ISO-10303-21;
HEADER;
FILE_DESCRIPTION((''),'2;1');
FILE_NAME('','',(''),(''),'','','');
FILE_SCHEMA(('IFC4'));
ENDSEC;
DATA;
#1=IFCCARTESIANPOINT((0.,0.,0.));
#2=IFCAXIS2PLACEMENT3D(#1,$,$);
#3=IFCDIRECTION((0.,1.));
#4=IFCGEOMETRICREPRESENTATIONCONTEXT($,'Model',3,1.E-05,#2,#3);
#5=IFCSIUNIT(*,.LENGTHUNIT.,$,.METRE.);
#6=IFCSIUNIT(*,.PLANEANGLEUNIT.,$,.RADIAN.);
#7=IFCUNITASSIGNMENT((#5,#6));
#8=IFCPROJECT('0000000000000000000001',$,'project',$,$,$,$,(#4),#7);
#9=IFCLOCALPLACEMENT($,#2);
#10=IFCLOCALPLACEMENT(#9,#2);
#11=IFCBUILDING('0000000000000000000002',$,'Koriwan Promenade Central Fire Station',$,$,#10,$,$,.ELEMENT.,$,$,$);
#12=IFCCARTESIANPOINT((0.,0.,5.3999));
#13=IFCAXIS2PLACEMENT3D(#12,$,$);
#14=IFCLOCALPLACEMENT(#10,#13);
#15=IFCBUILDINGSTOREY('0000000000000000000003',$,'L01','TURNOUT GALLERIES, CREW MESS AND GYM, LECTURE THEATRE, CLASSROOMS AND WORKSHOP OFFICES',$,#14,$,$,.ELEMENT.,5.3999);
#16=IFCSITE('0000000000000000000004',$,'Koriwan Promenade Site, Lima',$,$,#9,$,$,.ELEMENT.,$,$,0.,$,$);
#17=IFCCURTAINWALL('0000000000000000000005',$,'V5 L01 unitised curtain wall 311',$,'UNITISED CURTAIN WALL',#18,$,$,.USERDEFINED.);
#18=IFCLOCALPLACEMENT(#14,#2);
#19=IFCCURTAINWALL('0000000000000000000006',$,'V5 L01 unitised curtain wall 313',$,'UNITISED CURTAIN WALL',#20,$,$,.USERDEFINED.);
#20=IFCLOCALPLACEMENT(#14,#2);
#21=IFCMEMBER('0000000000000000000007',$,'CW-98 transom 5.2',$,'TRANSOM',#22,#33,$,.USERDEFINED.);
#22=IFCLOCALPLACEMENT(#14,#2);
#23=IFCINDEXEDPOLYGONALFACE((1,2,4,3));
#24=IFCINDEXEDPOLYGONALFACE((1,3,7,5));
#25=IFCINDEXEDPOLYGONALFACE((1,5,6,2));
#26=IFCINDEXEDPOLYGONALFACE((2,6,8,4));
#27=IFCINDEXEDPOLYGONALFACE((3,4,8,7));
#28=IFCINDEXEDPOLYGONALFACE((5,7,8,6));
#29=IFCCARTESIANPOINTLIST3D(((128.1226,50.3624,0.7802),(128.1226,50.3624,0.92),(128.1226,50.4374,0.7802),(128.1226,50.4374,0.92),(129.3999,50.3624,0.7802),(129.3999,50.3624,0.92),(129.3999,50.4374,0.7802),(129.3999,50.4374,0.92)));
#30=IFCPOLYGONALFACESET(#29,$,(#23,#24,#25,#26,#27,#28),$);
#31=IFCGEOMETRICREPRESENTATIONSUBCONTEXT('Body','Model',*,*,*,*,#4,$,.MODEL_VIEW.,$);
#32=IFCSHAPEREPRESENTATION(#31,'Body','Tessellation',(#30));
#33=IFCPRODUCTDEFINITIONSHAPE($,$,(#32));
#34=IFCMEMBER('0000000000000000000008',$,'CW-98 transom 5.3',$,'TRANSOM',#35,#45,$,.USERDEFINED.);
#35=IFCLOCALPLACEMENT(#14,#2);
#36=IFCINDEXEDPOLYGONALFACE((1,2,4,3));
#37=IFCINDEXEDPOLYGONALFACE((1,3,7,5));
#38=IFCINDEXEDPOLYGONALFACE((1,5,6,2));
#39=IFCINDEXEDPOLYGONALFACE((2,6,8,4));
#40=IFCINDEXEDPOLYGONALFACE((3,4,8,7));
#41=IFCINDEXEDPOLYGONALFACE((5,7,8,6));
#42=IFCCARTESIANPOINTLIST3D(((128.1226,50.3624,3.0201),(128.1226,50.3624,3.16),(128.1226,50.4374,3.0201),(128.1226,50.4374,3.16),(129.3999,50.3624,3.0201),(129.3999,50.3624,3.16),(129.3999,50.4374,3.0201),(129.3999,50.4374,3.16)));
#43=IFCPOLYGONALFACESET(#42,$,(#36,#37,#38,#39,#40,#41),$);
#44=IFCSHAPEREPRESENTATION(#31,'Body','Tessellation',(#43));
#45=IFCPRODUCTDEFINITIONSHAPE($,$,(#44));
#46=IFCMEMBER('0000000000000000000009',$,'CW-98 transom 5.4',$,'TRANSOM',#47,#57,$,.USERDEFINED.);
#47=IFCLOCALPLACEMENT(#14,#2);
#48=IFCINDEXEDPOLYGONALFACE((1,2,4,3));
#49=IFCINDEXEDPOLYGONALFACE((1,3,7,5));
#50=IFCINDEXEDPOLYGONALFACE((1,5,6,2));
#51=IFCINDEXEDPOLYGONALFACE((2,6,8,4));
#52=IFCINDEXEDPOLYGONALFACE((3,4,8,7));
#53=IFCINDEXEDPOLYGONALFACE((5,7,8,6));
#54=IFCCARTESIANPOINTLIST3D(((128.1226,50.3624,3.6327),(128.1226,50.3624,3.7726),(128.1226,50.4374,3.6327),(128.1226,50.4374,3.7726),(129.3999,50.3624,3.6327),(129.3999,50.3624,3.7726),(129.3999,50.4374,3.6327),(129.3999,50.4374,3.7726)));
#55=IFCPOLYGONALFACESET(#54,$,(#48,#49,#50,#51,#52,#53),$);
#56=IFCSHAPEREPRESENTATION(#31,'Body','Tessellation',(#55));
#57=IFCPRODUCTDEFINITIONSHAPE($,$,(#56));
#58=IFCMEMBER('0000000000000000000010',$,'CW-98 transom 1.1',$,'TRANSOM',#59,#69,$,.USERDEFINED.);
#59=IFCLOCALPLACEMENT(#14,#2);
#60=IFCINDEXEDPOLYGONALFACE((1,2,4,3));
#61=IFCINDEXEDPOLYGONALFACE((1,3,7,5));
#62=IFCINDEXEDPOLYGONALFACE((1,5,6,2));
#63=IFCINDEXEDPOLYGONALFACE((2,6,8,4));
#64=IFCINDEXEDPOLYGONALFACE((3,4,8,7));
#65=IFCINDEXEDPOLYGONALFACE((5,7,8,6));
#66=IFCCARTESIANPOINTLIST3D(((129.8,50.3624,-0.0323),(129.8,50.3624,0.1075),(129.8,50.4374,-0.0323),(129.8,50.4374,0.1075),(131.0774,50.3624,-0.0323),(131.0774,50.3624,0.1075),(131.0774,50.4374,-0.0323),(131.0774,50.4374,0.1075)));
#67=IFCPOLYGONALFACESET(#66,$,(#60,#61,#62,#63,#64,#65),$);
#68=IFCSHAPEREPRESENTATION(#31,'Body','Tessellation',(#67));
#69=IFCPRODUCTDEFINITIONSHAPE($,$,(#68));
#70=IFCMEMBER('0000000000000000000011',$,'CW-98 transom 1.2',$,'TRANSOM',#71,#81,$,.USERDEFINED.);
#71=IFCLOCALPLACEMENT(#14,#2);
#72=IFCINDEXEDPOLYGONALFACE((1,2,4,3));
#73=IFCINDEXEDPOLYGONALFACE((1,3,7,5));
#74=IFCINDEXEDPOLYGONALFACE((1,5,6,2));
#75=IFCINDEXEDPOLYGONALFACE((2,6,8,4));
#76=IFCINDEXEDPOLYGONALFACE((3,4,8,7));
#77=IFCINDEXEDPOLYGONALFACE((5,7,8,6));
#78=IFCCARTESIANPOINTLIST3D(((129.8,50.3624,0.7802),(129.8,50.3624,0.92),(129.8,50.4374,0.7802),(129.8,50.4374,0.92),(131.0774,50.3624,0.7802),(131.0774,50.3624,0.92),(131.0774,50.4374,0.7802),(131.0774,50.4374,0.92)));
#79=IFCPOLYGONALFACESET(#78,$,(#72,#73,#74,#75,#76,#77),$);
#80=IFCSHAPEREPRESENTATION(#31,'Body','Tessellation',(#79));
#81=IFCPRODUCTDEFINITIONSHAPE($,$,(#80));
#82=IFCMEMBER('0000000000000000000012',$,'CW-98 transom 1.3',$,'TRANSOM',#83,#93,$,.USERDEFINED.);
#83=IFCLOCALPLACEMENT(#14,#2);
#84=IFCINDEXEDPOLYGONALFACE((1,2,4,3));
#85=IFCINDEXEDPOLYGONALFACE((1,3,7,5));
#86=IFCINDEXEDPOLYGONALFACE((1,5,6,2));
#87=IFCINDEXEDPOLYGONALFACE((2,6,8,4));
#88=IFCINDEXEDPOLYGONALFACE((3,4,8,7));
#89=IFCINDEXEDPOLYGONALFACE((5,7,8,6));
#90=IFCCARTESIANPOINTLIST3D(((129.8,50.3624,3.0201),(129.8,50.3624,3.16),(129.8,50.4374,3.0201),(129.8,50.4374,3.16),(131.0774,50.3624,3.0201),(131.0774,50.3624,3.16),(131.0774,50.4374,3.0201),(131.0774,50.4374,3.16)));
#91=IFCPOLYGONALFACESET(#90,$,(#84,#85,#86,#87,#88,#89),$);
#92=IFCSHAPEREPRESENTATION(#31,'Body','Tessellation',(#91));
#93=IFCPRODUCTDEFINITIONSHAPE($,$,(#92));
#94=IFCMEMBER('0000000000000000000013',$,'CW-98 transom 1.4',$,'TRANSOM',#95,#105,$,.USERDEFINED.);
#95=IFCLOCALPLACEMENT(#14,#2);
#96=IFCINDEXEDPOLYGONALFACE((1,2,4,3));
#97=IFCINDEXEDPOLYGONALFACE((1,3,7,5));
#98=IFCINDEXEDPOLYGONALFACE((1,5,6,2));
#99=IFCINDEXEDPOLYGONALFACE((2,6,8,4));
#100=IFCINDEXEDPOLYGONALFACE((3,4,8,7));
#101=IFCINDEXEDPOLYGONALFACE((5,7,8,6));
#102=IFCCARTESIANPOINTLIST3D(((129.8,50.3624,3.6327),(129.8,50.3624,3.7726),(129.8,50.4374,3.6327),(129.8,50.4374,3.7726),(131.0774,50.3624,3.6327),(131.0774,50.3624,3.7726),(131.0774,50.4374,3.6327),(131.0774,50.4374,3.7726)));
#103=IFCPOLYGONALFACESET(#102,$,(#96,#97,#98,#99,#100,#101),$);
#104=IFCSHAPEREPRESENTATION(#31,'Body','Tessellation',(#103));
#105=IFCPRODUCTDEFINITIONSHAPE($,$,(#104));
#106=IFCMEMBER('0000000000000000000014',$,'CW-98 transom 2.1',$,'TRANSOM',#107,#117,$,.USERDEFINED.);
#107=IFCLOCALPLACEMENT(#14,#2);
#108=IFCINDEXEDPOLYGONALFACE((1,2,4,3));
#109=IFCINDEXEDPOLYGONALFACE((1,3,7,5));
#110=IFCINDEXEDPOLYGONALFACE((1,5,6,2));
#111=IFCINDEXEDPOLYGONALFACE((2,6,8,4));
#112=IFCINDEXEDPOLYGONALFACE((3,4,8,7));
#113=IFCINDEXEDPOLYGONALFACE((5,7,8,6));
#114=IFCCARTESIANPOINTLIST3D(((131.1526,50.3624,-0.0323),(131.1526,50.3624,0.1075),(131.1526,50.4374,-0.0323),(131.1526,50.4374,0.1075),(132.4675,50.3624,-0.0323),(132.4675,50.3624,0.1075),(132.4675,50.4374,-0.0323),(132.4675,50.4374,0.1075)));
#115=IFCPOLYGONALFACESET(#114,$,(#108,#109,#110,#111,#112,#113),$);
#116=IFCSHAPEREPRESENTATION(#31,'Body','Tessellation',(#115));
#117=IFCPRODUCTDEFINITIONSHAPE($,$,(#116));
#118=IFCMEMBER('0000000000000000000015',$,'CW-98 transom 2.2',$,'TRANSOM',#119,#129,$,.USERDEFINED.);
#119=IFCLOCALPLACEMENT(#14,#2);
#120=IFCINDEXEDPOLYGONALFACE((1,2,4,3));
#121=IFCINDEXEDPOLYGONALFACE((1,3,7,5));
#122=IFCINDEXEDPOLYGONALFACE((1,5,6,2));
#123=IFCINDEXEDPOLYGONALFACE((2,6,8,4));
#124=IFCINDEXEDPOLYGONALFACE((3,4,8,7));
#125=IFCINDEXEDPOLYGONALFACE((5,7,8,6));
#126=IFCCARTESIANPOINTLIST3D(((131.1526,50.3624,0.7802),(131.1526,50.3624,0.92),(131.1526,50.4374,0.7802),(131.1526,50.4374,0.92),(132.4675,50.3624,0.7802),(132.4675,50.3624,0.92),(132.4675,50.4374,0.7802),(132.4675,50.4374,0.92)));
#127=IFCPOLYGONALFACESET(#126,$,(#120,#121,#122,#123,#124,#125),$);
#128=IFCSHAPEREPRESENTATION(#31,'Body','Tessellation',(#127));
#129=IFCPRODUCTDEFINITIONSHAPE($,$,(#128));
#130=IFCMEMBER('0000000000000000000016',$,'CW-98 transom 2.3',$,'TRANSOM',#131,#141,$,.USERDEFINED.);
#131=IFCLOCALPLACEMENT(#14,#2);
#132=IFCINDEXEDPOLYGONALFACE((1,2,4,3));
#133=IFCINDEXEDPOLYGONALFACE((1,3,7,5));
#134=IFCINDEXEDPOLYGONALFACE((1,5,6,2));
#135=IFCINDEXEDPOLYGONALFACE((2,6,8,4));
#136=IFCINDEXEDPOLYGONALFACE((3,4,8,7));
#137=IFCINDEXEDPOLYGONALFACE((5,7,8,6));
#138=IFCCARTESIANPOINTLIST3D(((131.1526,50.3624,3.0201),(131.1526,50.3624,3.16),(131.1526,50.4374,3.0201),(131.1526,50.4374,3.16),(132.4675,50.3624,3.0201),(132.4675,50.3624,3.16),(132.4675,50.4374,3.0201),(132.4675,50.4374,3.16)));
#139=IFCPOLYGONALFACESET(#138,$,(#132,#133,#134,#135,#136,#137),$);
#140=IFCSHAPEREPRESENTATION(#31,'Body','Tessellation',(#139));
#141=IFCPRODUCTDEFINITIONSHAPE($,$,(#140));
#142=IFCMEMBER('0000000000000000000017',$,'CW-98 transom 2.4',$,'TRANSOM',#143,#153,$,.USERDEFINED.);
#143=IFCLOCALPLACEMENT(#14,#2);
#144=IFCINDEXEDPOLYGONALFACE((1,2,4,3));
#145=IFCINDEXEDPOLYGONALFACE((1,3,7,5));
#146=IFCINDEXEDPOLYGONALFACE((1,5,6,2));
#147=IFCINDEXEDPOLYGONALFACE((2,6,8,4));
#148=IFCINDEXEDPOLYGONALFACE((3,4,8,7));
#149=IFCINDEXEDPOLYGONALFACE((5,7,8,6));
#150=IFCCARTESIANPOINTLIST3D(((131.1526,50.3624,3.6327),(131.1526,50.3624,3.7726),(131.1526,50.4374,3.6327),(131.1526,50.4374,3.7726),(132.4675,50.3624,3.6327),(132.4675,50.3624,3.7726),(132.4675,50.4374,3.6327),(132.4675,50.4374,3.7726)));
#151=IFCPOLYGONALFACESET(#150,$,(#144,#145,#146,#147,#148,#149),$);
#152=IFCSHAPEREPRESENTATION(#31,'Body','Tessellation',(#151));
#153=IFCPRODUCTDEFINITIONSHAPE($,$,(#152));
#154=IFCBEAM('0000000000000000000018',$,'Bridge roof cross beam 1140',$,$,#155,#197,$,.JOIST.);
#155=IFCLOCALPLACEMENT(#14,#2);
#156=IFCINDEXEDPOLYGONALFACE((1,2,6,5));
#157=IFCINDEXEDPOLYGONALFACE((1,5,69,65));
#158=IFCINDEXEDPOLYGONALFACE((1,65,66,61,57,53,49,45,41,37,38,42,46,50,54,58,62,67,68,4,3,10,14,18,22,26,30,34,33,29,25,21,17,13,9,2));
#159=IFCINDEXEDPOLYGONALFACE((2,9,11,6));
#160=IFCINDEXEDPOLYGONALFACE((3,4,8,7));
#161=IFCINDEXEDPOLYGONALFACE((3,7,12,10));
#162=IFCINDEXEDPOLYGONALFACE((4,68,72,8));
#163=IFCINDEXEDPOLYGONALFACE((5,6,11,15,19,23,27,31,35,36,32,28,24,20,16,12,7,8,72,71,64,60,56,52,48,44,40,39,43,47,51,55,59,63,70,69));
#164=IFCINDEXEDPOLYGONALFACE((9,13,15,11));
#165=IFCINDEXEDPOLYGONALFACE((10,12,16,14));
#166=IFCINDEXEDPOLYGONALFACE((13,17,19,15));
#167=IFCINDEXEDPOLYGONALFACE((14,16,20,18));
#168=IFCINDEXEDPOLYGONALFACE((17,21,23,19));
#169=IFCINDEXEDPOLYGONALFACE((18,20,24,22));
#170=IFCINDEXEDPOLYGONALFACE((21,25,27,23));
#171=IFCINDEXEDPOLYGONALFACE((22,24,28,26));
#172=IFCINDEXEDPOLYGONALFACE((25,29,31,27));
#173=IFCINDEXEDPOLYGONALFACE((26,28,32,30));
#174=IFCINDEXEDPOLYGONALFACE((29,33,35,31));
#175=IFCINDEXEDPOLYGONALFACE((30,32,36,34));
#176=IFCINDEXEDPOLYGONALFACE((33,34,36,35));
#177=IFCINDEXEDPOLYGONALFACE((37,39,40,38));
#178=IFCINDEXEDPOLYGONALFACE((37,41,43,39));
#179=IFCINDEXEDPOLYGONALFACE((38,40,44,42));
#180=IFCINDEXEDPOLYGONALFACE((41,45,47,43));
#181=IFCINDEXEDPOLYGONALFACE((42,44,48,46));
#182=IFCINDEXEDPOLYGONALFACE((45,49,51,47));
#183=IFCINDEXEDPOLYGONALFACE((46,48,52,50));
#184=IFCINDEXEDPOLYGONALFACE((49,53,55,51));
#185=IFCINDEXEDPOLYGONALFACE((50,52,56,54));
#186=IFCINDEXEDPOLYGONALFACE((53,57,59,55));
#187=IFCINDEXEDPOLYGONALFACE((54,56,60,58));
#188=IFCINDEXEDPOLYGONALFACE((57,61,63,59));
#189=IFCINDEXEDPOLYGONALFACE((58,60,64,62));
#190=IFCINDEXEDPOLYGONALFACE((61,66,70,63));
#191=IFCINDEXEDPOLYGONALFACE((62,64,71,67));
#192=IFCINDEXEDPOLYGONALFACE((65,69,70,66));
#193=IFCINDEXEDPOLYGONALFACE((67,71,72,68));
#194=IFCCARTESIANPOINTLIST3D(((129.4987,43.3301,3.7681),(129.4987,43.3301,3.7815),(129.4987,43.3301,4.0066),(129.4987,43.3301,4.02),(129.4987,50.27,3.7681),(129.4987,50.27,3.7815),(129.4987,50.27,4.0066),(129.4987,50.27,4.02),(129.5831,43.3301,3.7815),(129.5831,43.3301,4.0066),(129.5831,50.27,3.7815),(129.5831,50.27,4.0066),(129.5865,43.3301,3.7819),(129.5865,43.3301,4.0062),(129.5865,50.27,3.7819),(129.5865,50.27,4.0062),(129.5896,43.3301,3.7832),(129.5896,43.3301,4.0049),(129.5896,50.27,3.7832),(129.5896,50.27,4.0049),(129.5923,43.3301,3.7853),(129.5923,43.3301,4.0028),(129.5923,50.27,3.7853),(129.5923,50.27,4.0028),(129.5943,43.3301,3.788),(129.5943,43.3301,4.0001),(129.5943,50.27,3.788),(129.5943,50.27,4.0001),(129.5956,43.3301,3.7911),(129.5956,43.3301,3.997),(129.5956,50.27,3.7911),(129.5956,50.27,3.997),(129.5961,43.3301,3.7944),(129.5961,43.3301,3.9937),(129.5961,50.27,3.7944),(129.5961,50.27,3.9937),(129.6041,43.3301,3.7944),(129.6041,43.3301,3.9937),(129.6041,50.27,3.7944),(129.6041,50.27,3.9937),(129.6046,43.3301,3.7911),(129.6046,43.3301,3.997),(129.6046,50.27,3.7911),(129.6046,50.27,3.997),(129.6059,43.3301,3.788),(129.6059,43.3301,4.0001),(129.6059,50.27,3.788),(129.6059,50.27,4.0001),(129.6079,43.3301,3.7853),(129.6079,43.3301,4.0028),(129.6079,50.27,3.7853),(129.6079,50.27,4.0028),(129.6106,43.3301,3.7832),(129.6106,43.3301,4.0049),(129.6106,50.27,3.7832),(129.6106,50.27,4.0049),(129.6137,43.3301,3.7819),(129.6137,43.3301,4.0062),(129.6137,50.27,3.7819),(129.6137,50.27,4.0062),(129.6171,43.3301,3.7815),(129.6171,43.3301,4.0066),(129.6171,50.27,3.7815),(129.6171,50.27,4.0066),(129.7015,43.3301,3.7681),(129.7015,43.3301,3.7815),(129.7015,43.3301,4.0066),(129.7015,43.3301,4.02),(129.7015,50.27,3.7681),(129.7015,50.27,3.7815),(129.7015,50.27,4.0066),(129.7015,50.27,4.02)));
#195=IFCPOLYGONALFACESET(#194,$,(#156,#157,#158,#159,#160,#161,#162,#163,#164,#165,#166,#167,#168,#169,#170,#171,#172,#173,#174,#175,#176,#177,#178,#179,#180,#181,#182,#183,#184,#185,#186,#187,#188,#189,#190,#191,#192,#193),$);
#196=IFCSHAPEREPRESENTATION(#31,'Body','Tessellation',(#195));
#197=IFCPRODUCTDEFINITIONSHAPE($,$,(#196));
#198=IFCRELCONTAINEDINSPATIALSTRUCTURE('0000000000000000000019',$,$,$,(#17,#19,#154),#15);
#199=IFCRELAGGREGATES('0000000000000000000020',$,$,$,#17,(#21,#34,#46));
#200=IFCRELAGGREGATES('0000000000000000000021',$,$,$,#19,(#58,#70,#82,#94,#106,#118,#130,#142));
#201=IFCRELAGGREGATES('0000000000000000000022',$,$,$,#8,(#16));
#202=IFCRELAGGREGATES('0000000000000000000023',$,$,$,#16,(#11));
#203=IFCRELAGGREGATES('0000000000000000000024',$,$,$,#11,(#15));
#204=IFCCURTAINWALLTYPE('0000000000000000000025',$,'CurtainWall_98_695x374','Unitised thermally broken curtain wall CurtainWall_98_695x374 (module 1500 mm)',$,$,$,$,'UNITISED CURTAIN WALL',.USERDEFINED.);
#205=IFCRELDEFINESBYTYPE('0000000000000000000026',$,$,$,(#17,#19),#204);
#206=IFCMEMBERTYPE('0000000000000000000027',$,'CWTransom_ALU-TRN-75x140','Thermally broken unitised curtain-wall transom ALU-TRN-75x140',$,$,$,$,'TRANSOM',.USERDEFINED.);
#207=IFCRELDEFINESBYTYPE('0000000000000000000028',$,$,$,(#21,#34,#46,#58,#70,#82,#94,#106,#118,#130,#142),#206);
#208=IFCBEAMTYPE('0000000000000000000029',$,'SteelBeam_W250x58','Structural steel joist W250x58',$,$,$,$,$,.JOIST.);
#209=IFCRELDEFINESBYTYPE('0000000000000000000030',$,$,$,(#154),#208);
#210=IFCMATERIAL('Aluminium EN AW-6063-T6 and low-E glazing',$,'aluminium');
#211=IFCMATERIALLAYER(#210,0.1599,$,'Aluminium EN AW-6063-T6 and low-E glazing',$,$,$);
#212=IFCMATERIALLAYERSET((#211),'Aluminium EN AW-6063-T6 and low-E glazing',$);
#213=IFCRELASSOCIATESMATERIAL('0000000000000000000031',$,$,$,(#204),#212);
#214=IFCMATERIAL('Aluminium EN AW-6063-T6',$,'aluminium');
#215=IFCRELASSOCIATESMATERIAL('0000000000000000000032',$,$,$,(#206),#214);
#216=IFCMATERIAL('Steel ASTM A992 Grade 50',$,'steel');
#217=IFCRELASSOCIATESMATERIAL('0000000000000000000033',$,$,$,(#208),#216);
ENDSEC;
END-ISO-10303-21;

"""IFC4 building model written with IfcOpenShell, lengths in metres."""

from ifc_helpers import new_model, si_unit, direction, frame, origin, origin_2d, place, context, subcontext, project, spatial, rectangle, i_section, extrude, material, layer, layer_set, material_profile, profile_set, type_object, element, aggregate, save


model = new_model("IFC4")

# Units and contexts
model_context = context("Model", 3, precision=1e-05, world=origin(), true_north=direction((0.0, 1.0)))
body_context = subcontext(model_context, "Body", "Model", "MODEL_VIEW")
ifc_project = project(units=[si_unit("LENGTHUNIT", "METRE"), si_unit("PLANEANGLEUNIT", "RADIAN")], contexts=[model_context])

# Site, building, storey
site_placement = place(None, origin())
site = spatial("IfcSite", under=ifc_project, at=site_placement, Name="Koriwan Promenade Site, Lima", CompositionType="ELEMENT", RefElevation=0.0)
building_placement = place(site_placement, origin())
building = spatial("IfcBuilding", under=site, at=building_placement, Name="Koriwan Promenade Central Fire Station", CompositionType="ELEMENT")
storey_placement = place(building_placement, frame((0.0, 0.0, 5.3999)))
storey = spatial("IfcBuildingStorey", under=building, at=storey_placement, Name="L01", Description="TURNOUT GALLERIES, CREW MESS AND GYM, LECTURE THEATRE, CLASSROOMS AND WORKSHOP OFFICES", CompositionType="ELEMENT", Elevation=5.3999)

# Curtain walls
ifc_material_1 = material(Name="Aluminium EN AW-6063-T6 and low-E glazing", Category="aluminium")
ifc_layer_1 = layer(ifc_material_1, 0.1599, Name="Aluminium EN AW-6063-T6 and low-E glazing")
ifc_layer_set_1 = layer_set([ifc_layer_1], Name="Aluminium EN AW-6063-T6 and low-E glazing")
curtain_wall_type = type_object("IfcCurtainWallType", Name="CurtainWall_98_695x374", Description="Unitised thermally broken curtain wall CurtainWall_98_695x374 (module 1500 mm)", ElementType="UNITISED CURTAIN WALL", PredefinedType="USERDEFINED", material=ifc_layer_set_1)
curtain_wall_1_placement = place(storey_placement, origin())
curtain_wall_1 = element("IfcCurtainWall", 1, at=curtain_wall_1_placement, inside=storey, type_object=curtain_wall_type, Name="V5 L01 unitised curtain wall 311", ObjectType="UNITISED CURTAIN WALL", PredefinedType="USERDEFINED")
ifc_material_2 = material(Name="Aluminium EN AW-6063-T6", Category="aluminium")
curtain_wall_2_placement = place(storey_placement, origin())
curtain_wall_2 = element("IfcCurtainWall", 2, at=curtain_wall_2_placement, inside=storey, type_object=curtain_wall_type, Name="V5 L01 unitised curtain wall 313", ObjectType="UNITISED CURTAIN WALL", PredefinedType="USERDEFINED")

# Members
ifc_material_profile_1 = material_profile(ifc_material_2, rectangle(XDim=0.075, YDim=0.1399, at=origin_2d()), Name="ALU-TRN-75x140")
ifc_profile_set_1 = profile_set([ifc_material_profile_1], Name="Aluminium EN AW-6063-T6")
member_type_1 = type_object("IfcMemberType", Name="CWTransom_ALU-TRN-75x140", Description="Thermally broken unitised curtain-wall transom ALU-TRN-75x140", ElementType="TRANSOM", PredefinedType="USERDEFINED", material=ifc_profile_set_1)
member_1_placement = place(storey_placement, frame((128.1226, 50.3999, 0.8501), z_axis=(1.0, 0.0, 0.0), x_axis=(0.0, 1.0, 0.0)))
member_1 = element("IfcMember", 3, at=member_1_placement, type_object=member_type_1, Name="CW-98 transom 5.2", ObjectType="TRANSOM", PredefinedType="USERDEFINED", context=body_context, shape_type="SweptSolid", body=[
    extrude(rectangle(XDim=0.075, YDim=0.1399, at=origin_2d()), origin(), (0.0, 0.0, 1.0), 1.2773),
])
member_2_placement = place(storey_placement, frame((128.1226, 50.3999, 3.0901), z_axis=(1.0, 0.0, 0.0), x_axis=(0.0, 1.0, 0.0)))
member_2 = element("IfcMember", 4, at=member_2_placement, type_object=member_type_1, Name="CW-98 transom 5.3", ObjectType="TRANSOM", PredefinedType="USERDEFINED", context=body_context, shape_type="SweptSolid", body=[
    extrude(rectangle(XDim=0.075, YDim=0.1399, at=origin_2d()), origin(), (0.0, 0.0, 1.0), 1.2773),
])
member_3_placement = place(storey_placement, frame((128.1226, 50.3999, 3.7026), z_axis=(1.0, 0.0, 0.0), x_axis=(0.0, 1.0, 0.0)))
member_3 = element("IfcMember", 5, at=member_3_placement, type_object=member_type_1, Name="CW-98 transom 5.4", ObjectType="TRANSOM", PredefinedType="USERDEFINED", context=body_context, shape_type="SweptSolid", body=[
    extrude(rectangle(XDim=0.075, YDim=0.1399, at=origin_2d()), origin(), (0.0, 0.0, 1.0), 1.2773),
])
member_4_placement = place(storey_placement, frame((129.8, 50.3999, 0.0376), z_axis=(1.0, 0.0, 0.0), x_axis=(0.0, 1.0, 0.0)))
member_4 = element("IfcMember", 6, at=member_4_placement, type_object=member_type_1, Name="CW-98 transom 1.1", ObjectType="TRANSOM", PredefinedType="USERDEFINED", context=body_context, shape_type="SweptSolid", body=[
    extrude(rectangle(XDim=0.075, YDim=0.1399, at=origin_2d()), origin(), (0.0, 0.0, 1.0), 1.2773),
])
member_5_placement = place(storey_placement, frame((129.8, 50.3999, 0.8501), z_axis=(1.0, 0.0, 0.0), x_axis=(0.0, 1.0, 0.0)))
member_5 = element("IfcMember", 7, at=member_5_placement, type_object=member_type_1, Name="CW-98 transom 1.2", ObjectType="TRANSOM", PredefinedType="USERDEFINED", context=body_context, shape_type="SweptSolid", body=[
    extrude(rectangle(XDim=0.075, YDim=0.1399, at=origin_2d()), origin(), (0.0, 0.0, 1.0), 1.2773),
])
member_6_placement = place(storey_placement, frame((129.8, 50.3999, 3.0901), z_axis=(1.0, 0.0, 0.0), x_axis=(0.0, 1.0, 0.0)))
member_6 = element("IfcMember", 8, at=member_6_placement, type_object=member_type_1, Name="CW-98 transom 1.3", ObjectType="TRANSOM", PredefinedType="USERDEFINED", context=body_context, shape_type="SweptSolid", body=[
    extrude(rectangle(XDim=0.075, YDim=0.1399, at=origin_2d()), origin(), (0.0, 0.0, 1.0), 1.2773),
])
member_7_placement = place(storey_placement, frame((129.8, 50.3999, 3.7026), z_axis=(1.0, 0.0, 0.0), x_axis=(0.0, 1.0, 0.0)))
member_7 = element("IfcMember", 9, at=member_7_placement, type_object=member_type_1, Name="CW-98 transom 1.4", ObjectType="TRANSOM", PredefinedType="USERDEFINED", context=body_context, shape_type="SweptSolid", body=[
    extrude(rectangle(XDim=0.075, YDim=0.1399, at=origin_2d()), origin(), (0.0, 0.0, 1.0), 1.2773),
])
member_8_placement = place(storey_placement, frame((131.1526, 50.3999, 0.0376), z_axis=(1.0, 0.0, 0.0), x_axis=(0.0, 1.0, 0.0)))
member_8 = element("IfcMember", 10, at=member_8_placement, type_object=member_type_1, Name="CW-98 transom 2.1", ObjectType="TRANSOM", PredefinedType="USERDEFINED", context=body_context, shape_type="SweptSolid", body=[
    extrude(rectangle(XDim=0.075, YDim=0.1399, at=origin_2d()), origin(), (0.0, 0.0, 1.0), 1.3149),
])
member_9_placement = place(storey_placement, frame((131.1526, 50.3999, 0.8501), z_axis=(1.0, 0.0, 0.0), x_axis=(0.0, 1.0, 0.0)))
member_9 = element("IfcMember", 11, at=member_9_placement, type_object=member_type_1, Name="CW-98 transom 2.2", ObjectType="TRANSOM", PredefinedType="USERDEFINED", context=body_context, shape_type="SweptSolid", body=[
    extrude(rectangle(XDim=0.075, YDim=0.1399, at=origin_2d()), origin(), (0.0, 0.0, 1.0), 1.3149),
])
member_10_placement = place(storey_placement, frame((131.1526, 50.3999, 3.0901), z_axis=(1.0, 0.0, 0.0), x_axis=(0.0, 1.0, 0.0)))
member_10 = element("IfcMember", 12, at=member_10_placement, type_object=member_type_1, Name="CW-98 transom 2.3", ObjectType="TRANSOM", PredefinedType="USERDEFINED", context=body_context, shape_type="SweptSolid", body=[
    extrude(rectangle(XDim=0.075, YDim=0.1399, at=origin_2d()), origin(), (0.0, 0.0, 1.0), 1.3149),
])
member_11_placement = place(storey_placement, frame((131.1526, 50.3999, 3.7026), z_axis=(1.0, 0.0, 0.0), x_axis=(0.0, 1.0, 0.0)))
member_11 = element("IfcMember", 13, at=member_11_placement, type_object=member_type_1, Name="CW-98 transom 2.4", ObjectType="TRANSOM", PredefinedType="USERDEFINED", context=body_context, shape_type="SweptSolid", body=[
    extrude(rectangle(XDim=0.075, YDim=0.1399, at=origin_2d()), origin(), (0.0, 0.0, 1.0), 1.3149),
])

# Beam
ifc_material_3 = material(Name="Steel ASTM A992 Grade 50", Category="steel")
ifc_material_profile_2 = material_profile(ifc_material_3, i_section(OverallWidth=0.2029, OverallDepth=0.252, WebThickness=0.0081, FlangeThickness=0.0134, FilletRadius=0.0129, at=origin_2d()), Name="W250x58")
ifc_profile_set_2 = profile_set([ifc_material_profile_2], Name="Steel ASTM A992 Grade 50")
beam_type_1 = type_object("IfcBeamType", Name="SteelBeam_W250x58", Description="Structural steel joist W250x58", PredefinedType="JOIST", material=ifc_profile_set_2)
beam_1_placement = place(storey_placement, frame((129.6001, 43.3301, 3.894), z_axis=(0.0, 1.0, 0.0), x_axis=(-1.0, 0.0, 0.0)))
element("IfcBeam", 14, at=beam_1_placement, inside=storey, type_object=beam_type_1, Name="Bridge roof cross beam 1140", PredefinedType="JOIST", context=body_context, shape_type="SweptSolid", body=[
    extrude(i_section(OverallWidth=0.2029, OverallDepth=0.252, WebThickness=0.0081, FlangeThickness=0.0134, FilletRadius=0.0129, at=origin_2d()), origin(), (0.0, 0.0, 1.0), 6.9399),
])

aggregate(curtain_wall_1, [member_1, member_2, member_3])
aggregate(curtain_wall_2, [member_4, member_5, member_6, member_7, member_8, member_9, member_10, member_11])

save(model, "model.ifc")
